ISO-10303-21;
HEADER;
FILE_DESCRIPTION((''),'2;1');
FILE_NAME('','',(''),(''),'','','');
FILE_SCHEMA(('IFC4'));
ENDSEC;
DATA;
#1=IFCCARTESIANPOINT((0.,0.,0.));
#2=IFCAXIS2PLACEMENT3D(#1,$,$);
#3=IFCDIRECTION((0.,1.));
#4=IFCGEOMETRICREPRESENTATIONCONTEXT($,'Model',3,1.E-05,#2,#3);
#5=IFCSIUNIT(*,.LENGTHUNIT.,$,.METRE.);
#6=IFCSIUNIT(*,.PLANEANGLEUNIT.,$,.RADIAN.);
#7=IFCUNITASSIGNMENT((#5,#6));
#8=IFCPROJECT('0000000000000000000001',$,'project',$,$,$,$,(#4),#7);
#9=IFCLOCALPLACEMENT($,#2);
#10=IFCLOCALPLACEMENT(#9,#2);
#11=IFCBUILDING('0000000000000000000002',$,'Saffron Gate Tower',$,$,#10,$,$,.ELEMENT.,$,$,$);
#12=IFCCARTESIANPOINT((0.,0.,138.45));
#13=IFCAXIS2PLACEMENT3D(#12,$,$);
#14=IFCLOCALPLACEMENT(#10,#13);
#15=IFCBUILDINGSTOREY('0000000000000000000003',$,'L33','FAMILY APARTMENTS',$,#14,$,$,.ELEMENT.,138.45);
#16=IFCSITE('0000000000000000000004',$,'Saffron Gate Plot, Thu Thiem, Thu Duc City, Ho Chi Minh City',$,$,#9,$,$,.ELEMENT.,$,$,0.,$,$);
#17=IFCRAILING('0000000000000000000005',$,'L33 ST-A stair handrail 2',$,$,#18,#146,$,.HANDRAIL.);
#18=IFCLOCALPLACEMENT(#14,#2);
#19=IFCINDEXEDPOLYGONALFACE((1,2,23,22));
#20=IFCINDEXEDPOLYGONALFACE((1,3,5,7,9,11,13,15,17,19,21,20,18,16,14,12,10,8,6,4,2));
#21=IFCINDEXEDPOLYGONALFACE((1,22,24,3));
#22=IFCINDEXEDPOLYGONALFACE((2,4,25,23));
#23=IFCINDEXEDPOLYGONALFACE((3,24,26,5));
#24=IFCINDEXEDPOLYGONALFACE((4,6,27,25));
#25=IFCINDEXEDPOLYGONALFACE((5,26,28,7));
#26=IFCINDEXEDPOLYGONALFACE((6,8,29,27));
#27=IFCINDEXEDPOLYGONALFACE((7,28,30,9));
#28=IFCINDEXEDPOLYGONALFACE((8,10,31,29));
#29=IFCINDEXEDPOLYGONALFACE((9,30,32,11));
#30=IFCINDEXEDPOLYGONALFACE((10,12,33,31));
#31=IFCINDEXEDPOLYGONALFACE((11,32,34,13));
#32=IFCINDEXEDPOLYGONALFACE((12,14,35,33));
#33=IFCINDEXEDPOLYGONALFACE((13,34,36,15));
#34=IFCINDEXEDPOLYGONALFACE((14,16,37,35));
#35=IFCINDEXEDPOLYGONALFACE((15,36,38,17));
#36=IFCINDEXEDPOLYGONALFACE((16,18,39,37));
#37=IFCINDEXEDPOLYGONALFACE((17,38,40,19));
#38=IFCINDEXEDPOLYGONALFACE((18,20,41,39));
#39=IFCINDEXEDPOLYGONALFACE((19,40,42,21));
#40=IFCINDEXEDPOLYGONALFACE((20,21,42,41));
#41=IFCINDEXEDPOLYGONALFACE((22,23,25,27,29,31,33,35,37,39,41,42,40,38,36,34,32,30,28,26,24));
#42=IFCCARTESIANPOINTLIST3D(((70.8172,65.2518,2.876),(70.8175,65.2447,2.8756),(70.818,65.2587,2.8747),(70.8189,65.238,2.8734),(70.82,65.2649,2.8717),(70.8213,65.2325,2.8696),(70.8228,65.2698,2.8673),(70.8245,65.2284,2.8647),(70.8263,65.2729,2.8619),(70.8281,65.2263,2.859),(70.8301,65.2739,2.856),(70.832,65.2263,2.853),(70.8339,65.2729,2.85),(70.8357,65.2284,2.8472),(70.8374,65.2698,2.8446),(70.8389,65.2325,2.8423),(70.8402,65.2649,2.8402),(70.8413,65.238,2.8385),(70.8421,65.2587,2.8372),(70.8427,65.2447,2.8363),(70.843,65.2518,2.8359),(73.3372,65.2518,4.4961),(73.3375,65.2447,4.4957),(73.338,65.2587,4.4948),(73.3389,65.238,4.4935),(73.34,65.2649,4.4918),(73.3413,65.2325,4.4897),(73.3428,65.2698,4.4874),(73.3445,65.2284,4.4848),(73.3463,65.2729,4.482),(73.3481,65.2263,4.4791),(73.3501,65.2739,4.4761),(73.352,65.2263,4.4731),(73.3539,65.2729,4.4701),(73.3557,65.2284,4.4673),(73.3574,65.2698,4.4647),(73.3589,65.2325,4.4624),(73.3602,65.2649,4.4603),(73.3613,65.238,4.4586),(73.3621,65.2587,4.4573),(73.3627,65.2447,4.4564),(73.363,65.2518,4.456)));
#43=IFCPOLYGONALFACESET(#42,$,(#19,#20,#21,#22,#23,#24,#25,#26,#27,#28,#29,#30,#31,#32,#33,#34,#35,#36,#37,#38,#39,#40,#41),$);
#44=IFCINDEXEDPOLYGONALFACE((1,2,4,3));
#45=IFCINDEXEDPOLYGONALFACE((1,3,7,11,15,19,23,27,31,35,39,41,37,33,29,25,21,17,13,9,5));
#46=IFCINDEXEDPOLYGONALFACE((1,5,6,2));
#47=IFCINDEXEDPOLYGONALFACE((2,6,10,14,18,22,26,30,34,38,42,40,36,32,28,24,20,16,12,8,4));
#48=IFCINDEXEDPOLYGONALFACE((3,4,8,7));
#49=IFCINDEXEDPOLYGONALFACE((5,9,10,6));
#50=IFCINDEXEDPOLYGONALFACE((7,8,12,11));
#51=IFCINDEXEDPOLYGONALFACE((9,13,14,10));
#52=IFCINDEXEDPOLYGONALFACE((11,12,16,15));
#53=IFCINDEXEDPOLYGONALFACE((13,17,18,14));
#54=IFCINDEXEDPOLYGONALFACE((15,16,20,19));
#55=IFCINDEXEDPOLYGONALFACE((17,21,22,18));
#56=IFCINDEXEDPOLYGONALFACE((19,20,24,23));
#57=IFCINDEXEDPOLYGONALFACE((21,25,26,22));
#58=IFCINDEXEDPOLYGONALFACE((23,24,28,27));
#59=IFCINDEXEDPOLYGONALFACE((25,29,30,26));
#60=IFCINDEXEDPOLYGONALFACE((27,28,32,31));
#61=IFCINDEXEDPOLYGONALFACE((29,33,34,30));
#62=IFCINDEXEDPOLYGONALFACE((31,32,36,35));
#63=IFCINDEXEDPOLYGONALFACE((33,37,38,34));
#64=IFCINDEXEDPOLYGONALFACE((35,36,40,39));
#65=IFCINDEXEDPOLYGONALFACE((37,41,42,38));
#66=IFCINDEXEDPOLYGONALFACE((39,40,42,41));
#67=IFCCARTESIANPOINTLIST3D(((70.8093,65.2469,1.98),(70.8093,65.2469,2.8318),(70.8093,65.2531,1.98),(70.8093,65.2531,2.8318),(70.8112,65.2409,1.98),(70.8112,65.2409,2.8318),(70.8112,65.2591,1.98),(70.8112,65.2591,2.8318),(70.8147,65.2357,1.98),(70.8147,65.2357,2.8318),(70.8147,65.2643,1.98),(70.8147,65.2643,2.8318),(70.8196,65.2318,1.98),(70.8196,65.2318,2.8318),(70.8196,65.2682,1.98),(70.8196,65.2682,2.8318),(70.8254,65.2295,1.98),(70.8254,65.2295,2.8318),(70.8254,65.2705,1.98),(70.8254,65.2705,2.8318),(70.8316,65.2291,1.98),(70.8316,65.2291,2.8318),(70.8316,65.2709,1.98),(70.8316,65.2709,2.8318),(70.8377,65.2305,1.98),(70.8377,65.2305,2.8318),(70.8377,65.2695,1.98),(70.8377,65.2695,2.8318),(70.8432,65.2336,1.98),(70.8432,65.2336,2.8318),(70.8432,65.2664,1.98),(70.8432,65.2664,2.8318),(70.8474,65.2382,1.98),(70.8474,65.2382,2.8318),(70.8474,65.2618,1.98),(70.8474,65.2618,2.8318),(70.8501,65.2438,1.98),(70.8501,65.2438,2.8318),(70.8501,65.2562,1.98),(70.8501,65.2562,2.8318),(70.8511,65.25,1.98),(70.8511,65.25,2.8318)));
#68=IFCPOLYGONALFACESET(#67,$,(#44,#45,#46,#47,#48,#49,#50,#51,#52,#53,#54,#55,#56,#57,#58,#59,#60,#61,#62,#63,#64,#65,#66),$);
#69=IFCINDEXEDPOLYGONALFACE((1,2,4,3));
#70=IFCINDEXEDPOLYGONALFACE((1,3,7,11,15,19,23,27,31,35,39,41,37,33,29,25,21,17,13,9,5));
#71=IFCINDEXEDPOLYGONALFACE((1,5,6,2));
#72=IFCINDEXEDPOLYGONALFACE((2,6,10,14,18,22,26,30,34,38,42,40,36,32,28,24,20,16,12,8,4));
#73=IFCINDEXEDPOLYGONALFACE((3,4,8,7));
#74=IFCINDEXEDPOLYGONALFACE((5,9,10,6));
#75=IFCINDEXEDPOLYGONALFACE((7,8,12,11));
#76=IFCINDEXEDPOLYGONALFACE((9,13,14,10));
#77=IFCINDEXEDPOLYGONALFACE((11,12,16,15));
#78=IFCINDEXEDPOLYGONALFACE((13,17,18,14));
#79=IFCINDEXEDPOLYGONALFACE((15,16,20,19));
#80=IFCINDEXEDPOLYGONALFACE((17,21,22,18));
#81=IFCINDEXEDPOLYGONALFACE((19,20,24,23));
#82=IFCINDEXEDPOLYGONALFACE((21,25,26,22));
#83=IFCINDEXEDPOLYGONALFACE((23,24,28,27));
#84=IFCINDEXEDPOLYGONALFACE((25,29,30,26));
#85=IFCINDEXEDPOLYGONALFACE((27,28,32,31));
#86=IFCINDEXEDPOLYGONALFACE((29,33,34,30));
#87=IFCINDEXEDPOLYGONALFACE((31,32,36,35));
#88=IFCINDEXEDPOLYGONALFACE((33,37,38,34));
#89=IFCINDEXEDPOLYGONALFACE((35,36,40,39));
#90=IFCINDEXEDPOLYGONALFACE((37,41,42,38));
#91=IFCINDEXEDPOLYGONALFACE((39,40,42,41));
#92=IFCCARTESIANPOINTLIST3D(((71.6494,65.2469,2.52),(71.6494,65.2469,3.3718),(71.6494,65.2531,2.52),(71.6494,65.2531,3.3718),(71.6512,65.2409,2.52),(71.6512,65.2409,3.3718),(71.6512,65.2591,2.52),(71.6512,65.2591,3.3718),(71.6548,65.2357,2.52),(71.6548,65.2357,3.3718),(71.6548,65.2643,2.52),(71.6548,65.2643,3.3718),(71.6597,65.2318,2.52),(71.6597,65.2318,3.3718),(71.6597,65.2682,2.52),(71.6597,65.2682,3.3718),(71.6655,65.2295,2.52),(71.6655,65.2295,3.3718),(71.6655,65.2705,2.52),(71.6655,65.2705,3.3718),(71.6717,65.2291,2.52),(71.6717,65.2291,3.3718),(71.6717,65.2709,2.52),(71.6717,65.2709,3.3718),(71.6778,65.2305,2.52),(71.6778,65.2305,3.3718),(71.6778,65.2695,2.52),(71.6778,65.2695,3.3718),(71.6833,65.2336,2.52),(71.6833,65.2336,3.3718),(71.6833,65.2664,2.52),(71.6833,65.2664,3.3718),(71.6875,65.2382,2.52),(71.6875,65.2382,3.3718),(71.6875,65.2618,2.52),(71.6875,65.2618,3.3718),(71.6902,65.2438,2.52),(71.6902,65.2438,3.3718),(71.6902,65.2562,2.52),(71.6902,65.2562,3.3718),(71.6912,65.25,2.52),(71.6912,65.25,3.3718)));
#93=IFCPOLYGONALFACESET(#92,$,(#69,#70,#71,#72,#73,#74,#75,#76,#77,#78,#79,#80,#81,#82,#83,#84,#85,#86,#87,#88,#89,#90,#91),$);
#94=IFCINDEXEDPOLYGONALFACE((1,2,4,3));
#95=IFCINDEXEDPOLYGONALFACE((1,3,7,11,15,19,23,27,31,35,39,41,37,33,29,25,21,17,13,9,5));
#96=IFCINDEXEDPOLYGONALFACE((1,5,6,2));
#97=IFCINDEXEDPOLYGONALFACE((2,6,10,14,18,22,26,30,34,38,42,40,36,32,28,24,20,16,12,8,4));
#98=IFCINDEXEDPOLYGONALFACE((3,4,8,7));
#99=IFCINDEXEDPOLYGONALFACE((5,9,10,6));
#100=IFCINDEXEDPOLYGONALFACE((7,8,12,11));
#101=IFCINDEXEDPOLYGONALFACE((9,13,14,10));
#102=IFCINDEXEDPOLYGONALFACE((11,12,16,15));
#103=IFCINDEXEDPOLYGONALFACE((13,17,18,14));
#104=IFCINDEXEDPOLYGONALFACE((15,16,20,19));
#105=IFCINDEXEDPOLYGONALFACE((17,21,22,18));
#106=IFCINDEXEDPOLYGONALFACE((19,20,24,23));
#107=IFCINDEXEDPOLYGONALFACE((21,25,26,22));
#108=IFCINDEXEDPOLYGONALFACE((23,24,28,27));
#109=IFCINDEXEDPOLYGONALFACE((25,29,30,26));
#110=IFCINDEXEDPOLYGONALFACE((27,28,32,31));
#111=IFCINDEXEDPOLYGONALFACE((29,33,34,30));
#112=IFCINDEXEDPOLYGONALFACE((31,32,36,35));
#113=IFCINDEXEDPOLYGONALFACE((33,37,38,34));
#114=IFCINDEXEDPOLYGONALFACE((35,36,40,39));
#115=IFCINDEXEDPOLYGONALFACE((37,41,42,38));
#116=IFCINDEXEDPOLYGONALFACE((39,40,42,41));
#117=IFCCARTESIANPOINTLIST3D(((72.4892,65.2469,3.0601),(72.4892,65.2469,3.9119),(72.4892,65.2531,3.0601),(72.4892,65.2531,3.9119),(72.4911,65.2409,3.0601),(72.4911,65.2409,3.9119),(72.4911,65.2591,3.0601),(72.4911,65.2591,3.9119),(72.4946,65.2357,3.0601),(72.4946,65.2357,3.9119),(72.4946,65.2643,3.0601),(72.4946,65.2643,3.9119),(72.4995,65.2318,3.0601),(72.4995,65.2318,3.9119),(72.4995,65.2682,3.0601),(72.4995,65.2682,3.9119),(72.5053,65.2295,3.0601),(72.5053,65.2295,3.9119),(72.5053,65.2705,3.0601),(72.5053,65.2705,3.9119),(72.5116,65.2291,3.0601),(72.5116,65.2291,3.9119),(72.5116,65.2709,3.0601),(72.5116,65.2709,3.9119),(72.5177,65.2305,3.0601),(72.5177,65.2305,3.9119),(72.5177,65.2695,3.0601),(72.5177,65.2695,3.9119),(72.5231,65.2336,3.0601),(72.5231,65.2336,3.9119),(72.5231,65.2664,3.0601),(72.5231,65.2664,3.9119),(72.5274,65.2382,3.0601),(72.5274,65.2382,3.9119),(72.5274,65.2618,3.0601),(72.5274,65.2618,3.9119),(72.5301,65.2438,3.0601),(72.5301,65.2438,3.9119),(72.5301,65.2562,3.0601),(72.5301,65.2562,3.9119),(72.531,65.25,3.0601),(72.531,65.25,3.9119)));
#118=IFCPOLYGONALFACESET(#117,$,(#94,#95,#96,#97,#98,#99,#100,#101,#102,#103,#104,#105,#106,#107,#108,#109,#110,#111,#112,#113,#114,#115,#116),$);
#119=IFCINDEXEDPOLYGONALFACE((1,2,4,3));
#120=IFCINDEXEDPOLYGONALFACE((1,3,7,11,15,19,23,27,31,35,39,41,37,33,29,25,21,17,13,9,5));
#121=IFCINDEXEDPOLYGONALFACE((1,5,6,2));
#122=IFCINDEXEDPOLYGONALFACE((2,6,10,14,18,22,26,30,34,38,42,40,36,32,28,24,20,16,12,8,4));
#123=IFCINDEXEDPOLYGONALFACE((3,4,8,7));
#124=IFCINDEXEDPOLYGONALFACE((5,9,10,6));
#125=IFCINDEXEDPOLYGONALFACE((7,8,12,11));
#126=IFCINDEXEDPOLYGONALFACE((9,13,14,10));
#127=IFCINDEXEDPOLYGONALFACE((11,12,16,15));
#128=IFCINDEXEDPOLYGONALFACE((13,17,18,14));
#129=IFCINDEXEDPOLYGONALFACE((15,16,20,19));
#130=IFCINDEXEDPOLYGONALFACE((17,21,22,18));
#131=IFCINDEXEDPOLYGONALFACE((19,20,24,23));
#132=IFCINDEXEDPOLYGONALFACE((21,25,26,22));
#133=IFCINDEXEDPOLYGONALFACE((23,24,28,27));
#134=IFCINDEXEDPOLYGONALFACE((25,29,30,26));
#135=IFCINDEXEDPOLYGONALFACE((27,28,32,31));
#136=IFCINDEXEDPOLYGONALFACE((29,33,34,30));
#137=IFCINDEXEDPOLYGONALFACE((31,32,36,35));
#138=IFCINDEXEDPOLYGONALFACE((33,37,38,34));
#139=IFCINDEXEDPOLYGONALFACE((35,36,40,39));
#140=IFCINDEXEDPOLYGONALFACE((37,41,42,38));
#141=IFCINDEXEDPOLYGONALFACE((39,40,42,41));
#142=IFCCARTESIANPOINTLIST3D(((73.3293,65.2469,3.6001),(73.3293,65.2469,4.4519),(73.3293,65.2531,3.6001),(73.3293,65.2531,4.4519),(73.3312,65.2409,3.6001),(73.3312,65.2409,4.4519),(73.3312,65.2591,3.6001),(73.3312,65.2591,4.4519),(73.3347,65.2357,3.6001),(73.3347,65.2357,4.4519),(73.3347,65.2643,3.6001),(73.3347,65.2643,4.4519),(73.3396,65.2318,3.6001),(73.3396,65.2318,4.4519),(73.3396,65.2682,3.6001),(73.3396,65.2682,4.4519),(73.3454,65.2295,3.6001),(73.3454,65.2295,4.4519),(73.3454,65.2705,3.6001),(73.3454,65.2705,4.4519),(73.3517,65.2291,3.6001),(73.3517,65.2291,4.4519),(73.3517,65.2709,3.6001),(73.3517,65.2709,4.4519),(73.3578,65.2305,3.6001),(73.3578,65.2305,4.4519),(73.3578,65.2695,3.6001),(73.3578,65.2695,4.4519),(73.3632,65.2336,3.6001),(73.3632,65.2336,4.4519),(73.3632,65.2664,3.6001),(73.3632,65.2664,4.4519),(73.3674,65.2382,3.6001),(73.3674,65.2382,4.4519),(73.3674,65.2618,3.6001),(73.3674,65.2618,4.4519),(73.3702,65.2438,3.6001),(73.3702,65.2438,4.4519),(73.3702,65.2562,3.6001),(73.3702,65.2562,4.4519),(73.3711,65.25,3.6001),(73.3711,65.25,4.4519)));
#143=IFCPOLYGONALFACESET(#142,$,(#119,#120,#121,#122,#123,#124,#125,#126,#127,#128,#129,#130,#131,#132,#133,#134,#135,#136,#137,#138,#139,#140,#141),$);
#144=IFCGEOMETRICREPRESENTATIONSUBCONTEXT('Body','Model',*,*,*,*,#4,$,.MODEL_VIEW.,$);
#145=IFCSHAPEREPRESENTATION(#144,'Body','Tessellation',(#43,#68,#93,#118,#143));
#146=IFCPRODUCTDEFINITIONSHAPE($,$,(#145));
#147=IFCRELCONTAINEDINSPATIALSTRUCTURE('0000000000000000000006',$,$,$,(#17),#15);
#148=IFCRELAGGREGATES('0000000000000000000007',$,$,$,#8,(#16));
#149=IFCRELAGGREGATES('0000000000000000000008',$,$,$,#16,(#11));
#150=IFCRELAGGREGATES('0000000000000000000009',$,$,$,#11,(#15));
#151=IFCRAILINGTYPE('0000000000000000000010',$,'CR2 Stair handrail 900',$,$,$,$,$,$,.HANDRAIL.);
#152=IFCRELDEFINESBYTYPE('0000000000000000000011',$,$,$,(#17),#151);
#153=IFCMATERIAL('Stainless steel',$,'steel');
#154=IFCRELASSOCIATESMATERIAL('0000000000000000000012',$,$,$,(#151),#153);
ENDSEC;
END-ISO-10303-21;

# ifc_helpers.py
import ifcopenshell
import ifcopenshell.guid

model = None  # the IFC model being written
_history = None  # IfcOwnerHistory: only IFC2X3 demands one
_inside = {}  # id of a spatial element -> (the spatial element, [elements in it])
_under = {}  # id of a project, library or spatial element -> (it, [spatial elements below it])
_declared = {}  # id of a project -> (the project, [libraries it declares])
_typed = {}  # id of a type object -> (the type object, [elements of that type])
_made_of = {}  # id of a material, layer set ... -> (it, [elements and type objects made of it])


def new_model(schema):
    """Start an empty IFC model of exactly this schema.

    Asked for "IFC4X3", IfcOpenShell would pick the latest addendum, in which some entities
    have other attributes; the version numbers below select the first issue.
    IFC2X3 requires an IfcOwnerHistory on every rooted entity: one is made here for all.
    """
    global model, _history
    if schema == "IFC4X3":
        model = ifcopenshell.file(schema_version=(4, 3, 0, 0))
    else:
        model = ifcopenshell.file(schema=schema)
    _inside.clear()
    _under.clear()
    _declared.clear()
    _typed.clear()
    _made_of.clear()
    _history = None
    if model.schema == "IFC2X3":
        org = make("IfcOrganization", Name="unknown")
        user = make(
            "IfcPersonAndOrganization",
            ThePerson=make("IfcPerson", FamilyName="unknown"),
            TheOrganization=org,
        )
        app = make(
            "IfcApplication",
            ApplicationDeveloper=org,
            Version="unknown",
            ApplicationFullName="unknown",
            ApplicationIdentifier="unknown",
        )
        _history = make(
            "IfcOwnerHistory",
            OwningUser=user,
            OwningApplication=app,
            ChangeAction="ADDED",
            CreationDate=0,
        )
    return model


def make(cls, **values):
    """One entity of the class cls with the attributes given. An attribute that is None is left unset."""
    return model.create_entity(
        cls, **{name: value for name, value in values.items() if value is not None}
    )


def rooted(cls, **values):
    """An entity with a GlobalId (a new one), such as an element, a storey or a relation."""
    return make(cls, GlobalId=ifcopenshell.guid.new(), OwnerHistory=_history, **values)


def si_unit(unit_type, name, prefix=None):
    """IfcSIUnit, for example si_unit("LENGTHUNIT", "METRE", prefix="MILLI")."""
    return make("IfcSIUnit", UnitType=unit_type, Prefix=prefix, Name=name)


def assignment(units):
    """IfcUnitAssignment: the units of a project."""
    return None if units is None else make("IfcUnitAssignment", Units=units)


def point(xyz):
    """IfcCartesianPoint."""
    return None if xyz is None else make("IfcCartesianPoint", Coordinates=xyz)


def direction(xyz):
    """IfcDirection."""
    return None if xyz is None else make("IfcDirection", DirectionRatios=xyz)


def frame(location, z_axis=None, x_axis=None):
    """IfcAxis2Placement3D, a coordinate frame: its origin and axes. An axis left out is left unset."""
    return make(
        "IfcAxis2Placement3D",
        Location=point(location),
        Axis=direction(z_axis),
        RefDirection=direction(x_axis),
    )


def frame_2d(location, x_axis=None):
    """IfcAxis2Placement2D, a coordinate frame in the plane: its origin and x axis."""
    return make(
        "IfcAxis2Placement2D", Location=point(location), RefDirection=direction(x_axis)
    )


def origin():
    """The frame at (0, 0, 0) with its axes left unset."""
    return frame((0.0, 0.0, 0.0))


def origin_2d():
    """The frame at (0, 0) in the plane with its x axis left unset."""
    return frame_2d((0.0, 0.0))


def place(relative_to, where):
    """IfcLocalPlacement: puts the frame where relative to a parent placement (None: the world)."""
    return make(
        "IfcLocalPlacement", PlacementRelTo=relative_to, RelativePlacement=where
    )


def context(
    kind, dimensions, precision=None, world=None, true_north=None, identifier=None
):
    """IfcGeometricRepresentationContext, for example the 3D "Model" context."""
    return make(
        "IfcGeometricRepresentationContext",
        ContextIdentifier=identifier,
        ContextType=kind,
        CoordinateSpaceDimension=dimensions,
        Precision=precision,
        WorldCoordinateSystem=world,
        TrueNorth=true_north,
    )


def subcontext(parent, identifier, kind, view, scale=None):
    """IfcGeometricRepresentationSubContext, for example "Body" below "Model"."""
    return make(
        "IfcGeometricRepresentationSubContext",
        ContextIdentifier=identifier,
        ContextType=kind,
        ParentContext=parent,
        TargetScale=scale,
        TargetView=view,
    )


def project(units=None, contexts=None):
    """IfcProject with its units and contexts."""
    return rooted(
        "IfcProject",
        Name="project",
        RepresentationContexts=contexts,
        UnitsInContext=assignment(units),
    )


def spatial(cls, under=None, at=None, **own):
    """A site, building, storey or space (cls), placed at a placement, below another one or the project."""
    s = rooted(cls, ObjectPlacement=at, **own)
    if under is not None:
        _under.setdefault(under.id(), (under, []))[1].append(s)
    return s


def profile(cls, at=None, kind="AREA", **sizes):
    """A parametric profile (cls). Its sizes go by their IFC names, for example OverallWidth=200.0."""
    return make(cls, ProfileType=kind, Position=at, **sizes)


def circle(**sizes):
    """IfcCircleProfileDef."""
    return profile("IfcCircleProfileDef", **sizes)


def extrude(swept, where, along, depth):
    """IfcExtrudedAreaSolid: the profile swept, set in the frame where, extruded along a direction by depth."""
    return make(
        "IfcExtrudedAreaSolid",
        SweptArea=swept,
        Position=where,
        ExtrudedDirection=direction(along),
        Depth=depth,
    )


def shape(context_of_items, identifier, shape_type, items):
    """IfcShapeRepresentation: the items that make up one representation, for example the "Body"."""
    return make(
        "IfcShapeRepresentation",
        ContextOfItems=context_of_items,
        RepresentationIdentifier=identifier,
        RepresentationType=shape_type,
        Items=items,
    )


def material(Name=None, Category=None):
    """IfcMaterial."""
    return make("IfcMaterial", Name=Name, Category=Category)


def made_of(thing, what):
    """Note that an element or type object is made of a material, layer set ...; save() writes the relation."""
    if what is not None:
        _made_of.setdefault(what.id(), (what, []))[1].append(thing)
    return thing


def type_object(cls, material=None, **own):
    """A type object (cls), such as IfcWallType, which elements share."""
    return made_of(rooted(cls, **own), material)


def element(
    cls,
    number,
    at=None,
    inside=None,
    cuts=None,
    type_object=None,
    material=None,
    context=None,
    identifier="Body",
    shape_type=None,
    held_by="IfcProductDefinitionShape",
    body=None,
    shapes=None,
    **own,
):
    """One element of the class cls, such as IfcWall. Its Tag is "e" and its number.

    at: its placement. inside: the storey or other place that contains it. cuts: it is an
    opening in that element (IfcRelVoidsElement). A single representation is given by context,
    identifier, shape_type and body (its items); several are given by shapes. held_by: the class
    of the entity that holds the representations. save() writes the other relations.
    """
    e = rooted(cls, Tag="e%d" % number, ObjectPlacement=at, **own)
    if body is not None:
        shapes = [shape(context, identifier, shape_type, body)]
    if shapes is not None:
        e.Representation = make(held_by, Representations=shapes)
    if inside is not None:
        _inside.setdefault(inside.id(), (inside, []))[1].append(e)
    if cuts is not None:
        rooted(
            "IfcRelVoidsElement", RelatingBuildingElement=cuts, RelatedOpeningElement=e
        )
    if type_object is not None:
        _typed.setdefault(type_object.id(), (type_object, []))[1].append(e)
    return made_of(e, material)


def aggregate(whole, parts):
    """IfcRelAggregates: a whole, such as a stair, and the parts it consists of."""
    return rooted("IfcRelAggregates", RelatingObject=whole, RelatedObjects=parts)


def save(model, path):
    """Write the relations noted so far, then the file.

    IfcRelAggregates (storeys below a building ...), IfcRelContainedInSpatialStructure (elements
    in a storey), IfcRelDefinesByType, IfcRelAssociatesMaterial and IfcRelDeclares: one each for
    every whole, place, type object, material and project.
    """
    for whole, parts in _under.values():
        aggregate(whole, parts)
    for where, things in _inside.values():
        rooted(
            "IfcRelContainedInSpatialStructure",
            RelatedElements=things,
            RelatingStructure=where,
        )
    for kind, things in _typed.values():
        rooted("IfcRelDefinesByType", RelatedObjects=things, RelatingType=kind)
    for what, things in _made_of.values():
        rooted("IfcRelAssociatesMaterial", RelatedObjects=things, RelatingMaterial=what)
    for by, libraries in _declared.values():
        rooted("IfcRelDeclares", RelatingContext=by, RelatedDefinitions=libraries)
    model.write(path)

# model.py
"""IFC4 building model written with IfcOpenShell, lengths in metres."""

from ifc_helpers import new_model, si_unit, direction, frame, origin, origin_2d, place, context, subcontext, project, spatial, circle, extrude, material, type_object, element, save


model = new_model("IFC4")

# Units and contexts
model_context = context("Model", 3, precision=1e-05, world=origin(), true_north=direction((0.0, 1.0)))
body_context = subcontext(model_context, "Body", "Model", "MODEL_VIEW")
ifc_project = project(units=[si_unit("LENGTHUNIT", "METRE"), si_unit("PLANEANGLEUNIT", "RADIAN")], contexts=[model_context])

# Site, building, storey
site_placement = place(None, origin())
site = spatial("IfcSite", under=ifc_project, at=site_placement, Name="Saffron Gate Plot, Thu Thiem, Thu Duc City, Ho Chi Minh City", CompositionType="ELEMENT", RefElevation=0.0)
building_placement = place(site_placement, origin())
building = spatial("IfcBuilding", under=site, at=building_placement, Name="Saffron Gate Tower", CompositionType="ELEMENT")
storey_placement = place(building_placement, frame((0.0, 0.0, 138.45)))
storey = spatial("IfcBuildingStorey", under=building, at=storey_placement, Name="L33", Description="FAMILY APARTMENTS", CompositionType="ELEMENT", Elevation=138.45)

# Railing
ifc_material_1 = material(Name="Stainless steel", Category="steel")
railing_type_1 = type_object("IfcRailingType", Name="CR2 Stair handrail 900", PredefinedType="HANDRAIL", material=ifc_material_1)
railing_1_placement = place(storey_placement, frame((70.8301, 65.25, 1.98)))
element("IfcRailing", 1, at=railing_1_placement, inside=storey, type_object=railing_type_1, Name="L33 ST-A stair handrail 2", PredefinedType="HANDRAIL", context=body_context, shape_type="SweptSolid", body=[
    extrude(circle(Radius=0.0239, at=origin_2d()), frame((0.0, 0.0, 0.876), z_axis=(0.841163, 0.0, 0.540782), x_axis=(0.0, 1.0, 0.0)), (0.0, 0.0, 1.0), 2.9958),
    extrude(circle(Radius=0.021, at=origin_2d()), origin(), (0.0, 0.0, 1.0), 0.8518),
    extrude(circle(Radius=0.021, at=origin_2d()), frame((0.8401, 0.0, 0.54)), (0.0, 0.0, 1.0), 0.8518),
    extrude(circle(Radius=0.021, at=origin_2d()), frame((1.6799, 0.0, 1.0801)), (0.0, 0.0, 1.0), 0.8518),
    extrude(circle(Radius=0.021, at=origin_2d()), frame((2.52, 0.0, 1.6201)), (0.0, 0.0, 1.0), 0.8518),
])

save(model, "model.ifc")
